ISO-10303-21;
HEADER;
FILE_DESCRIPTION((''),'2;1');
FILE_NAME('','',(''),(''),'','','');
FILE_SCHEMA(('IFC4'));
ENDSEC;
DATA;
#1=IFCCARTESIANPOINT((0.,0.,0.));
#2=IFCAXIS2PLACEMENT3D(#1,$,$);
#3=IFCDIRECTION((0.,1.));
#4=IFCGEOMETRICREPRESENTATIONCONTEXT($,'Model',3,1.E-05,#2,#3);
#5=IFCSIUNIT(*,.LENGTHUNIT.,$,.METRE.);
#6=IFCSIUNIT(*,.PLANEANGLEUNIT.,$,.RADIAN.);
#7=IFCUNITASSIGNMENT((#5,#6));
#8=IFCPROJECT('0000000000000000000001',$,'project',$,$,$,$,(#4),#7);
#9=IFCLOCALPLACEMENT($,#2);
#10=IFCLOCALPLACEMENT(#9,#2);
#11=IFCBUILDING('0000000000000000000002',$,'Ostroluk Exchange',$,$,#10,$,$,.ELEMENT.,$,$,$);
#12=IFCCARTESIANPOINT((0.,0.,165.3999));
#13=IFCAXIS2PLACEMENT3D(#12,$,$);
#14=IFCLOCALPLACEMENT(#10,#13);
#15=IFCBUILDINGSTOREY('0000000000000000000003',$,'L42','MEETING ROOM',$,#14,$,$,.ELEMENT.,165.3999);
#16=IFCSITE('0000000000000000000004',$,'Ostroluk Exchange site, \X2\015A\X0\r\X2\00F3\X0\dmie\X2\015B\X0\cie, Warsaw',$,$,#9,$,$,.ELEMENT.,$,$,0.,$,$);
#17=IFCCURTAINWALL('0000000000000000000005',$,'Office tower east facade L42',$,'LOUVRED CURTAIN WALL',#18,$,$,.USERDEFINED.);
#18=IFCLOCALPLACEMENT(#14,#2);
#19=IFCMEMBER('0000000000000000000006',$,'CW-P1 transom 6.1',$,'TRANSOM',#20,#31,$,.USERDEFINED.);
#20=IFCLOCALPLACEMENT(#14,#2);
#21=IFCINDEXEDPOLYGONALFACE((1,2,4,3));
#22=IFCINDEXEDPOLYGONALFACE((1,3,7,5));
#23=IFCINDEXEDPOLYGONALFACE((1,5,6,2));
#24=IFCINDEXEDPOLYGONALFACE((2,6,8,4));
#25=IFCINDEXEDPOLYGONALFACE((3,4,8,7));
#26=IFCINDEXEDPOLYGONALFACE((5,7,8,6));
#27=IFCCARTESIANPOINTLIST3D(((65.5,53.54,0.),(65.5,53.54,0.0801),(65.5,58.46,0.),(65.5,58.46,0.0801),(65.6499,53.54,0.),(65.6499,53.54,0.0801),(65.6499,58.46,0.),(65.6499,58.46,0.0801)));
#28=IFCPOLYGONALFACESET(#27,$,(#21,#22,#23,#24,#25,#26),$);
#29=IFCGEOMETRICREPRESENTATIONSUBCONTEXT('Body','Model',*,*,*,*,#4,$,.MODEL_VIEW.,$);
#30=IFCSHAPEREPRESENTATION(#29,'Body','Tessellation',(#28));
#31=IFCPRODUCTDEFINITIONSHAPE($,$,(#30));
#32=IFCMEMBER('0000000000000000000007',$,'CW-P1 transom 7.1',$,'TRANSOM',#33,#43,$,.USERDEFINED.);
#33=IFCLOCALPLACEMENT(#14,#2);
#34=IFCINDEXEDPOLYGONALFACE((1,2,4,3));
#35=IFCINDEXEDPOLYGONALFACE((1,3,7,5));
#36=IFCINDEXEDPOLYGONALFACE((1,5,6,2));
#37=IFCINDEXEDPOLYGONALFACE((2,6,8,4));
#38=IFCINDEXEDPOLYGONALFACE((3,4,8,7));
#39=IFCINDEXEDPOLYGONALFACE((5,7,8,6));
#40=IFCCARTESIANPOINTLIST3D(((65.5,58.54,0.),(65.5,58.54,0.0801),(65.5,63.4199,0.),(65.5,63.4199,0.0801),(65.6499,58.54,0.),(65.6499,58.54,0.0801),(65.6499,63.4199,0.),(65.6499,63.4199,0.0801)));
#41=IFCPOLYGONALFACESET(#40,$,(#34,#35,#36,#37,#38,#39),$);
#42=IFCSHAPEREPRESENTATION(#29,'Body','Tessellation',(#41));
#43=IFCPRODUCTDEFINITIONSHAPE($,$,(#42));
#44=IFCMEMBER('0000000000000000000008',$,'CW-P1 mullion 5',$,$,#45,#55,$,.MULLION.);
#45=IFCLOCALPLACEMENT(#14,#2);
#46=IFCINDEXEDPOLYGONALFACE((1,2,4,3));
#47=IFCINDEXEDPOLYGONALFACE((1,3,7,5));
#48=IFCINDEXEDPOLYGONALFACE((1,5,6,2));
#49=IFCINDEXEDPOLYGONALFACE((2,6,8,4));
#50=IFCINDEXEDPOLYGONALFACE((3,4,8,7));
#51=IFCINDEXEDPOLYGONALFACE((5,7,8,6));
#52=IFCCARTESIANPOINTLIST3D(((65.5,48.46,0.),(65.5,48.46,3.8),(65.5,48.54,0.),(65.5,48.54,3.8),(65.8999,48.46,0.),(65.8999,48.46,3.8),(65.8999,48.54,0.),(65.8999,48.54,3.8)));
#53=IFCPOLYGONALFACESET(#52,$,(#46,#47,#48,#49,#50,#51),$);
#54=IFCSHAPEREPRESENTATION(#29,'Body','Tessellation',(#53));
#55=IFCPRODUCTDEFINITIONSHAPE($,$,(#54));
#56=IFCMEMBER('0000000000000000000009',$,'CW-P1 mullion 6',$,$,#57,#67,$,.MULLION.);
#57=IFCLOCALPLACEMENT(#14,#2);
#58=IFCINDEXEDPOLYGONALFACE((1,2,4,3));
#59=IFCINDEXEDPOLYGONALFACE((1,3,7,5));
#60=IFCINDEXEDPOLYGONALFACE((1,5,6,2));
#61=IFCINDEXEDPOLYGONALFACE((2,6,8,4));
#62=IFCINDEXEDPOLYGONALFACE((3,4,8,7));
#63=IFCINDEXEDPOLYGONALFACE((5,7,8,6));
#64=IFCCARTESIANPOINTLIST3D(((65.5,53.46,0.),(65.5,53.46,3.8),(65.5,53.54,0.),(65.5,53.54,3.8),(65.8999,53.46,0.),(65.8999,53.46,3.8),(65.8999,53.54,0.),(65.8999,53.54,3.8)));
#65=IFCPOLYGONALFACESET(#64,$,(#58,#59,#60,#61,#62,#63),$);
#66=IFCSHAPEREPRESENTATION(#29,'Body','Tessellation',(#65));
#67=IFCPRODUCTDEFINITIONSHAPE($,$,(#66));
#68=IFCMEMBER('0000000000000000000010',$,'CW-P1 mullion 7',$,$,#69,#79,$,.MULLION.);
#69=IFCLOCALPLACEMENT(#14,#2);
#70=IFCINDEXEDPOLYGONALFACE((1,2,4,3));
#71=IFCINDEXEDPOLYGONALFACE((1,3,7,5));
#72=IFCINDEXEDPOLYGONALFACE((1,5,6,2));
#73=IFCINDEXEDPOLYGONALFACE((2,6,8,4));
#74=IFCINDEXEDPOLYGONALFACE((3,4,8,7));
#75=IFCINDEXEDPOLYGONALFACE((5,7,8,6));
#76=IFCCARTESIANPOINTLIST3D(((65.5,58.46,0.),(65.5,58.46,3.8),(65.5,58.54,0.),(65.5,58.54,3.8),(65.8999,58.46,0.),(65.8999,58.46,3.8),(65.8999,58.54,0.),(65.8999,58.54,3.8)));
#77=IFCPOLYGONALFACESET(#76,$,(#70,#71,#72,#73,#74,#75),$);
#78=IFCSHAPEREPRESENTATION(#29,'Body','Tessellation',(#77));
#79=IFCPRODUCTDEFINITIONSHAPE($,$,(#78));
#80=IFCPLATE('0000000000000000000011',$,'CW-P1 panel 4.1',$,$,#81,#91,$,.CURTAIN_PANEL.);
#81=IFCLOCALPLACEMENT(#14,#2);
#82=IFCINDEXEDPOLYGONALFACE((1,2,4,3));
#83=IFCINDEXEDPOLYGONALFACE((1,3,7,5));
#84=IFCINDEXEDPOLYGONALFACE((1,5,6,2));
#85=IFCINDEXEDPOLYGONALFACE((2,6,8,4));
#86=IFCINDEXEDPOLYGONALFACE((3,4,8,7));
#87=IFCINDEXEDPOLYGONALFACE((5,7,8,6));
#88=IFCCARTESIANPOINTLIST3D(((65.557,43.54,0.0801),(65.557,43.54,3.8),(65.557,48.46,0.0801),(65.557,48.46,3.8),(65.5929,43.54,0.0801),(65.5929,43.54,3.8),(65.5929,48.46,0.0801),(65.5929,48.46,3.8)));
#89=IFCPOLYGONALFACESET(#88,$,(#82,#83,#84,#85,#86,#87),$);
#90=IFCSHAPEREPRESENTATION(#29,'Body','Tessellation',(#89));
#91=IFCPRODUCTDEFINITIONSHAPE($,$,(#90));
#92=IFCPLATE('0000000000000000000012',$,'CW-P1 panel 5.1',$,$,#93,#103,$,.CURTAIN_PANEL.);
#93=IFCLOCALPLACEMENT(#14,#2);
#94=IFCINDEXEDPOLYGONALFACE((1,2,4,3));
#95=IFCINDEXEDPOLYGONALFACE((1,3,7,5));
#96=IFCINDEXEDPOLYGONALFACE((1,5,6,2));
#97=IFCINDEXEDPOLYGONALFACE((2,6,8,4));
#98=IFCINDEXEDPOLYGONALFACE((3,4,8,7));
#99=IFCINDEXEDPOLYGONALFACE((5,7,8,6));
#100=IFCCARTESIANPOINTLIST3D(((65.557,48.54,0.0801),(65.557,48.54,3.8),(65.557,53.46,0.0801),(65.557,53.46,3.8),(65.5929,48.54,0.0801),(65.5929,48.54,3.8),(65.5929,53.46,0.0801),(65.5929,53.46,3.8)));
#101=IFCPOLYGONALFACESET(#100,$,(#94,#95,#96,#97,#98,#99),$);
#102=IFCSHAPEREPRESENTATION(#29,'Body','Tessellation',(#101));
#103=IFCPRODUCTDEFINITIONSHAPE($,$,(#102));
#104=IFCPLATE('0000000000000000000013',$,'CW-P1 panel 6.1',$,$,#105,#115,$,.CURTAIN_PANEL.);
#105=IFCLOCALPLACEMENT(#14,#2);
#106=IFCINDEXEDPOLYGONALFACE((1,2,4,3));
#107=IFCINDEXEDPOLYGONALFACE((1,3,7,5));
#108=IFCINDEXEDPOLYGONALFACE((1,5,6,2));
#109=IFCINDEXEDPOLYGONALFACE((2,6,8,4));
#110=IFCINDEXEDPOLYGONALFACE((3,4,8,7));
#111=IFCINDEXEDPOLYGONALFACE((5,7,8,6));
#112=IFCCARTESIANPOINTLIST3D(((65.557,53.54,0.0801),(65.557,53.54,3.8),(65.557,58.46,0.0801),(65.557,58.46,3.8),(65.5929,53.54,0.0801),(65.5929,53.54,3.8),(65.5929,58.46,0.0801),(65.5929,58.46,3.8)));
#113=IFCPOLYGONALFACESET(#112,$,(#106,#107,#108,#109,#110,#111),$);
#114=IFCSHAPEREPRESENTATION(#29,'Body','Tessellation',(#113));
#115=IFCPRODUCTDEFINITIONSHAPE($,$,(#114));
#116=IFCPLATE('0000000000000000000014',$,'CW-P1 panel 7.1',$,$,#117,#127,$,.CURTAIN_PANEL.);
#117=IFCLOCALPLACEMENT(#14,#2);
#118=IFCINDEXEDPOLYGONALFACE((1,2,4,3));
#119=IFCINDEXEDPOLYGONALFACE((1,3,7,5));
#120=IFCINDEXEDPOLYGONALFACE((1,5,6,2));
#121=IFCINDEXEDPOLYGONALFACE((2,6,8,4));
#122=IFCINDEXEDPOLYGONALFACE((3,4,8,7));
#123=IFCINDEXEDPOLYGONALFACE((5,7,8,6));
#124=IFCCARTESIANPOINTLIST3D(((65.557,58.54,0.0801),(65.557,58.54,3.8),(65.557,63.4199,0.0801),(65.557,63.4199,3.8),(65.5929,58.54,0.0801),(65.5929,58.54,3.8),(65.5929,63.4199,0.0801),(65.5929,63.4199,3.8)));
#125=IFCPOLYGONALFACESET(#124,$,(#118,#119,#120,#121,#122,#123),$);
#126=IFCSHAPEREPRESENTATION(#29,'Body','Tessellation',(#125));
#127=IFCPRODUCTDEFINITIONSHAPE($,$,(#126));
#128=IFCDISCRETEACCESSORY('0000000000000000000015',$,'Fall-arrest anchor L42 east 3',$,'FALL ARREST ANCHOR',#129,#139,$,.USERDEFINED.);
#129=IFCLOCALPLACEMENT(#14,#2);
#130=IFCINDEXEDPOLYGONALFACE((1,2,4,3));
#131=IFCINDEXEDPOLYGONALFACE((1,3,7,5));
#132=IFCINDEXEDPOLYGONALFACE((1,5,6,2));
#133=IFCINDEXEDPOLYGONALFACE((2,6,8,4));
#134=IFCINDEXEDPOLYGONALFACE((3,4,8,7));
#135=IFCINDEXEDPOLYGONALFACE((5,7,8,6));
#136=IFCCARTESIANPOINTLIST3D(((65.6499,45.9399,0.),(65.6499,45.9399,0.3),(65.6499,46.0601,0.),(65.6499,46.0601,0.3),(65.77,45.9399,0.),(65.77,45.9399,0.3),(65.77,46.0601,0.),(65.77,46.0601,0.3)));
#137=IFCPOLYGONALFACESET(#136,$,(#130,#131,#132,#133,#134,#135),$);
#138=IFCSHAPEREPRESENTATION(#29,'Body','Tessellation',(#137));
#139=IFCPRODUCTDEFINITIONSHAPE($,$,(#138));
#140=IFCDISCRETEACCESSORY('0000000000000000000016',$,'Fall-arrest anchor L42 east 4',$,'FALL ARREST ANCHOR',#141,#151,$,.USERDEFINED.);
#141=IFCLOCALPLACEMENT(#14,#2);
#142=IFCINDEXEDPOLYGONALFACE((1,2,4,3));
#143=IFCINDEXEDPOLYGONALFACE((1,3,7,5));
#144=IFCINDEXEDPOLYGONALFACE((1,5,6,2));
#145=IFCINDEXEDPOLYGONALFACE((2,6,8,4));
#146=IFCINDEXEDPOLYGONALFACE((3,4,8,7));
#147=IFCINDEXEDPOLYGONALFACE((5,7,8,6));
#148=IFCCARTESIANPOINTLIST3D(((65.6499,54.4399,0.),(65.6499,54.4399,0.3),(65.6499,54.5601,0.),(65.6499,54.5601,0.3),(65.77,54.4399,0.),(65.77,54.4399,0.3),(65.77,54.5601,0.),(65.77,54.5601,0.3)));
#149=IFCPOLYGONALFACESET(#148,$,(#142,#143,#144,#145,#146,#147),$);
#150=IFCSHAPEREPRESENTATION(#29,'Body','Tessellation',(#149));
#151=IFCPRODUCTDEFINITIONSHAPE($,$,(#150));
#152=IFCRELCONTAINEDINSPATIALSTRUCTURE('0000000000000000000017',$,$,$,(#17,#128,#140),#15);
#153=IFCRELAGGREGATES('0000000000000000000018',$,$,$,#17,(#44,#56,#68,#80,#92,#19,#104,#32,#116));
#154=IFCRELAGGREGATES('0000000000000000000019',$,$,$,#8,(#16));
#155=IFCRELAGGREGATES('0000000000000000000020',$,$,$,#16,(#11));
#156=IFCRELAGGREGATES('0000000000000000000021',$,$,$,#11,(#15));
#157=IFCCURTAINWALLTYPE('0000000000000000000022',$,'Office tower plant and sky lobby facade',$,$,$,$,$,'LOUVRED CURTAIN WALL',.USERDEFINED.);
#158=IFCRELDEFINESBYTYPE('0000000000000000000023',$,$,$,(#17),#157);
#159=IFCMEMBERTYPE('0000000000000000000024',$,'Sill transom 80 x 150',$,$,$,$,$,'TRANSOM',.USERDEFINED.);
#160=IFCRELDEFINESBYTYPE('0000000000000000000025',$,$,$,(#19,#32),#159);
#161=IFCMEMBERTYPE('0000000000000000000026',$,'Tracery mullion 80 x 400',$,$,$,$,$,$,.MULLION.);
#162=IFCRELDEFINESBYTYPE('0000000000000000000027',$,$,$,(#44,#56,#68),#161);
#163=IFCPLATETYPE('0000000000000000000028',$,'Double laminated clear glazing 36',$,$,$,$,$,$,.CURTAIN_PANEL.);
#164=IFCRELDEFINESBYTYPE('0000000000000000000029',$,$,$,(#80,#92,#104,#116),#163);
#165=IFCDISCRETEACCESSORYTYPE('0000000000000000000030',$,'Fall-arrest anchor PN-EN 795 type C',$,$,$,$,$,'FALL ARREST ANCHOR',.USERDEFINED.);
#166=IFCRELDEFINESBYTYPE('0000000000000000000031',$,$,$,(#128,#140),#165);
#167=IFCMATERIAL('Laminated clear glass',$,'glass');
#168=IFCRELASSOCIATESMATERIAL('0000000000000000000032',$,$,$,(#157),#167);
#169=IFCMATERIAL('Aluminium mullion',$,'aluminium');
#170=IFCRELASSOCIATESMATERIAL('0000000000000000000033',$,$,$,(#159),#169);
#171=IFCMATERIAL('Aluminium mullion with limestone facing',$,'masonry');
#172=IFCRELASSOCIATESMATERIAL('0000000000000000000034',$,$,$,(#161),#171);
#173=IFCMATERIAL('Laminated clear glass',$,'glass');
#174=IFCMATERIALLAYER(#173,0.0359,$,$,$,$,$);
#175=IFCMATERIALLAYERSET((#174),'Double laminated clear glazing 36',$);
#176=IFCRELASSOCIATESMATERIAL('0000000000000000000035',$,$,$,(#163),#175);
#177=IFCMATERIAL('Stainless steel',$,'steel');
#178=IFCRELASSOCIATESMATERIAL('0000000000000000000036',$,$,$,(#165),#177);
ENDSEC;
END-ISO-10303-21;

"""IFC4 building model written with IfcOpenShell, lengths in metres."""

from ifc_helpers import new_model, si_unit, direction, frame, origin, origin_2d, place, context, subcontext, project, spatial, rectangle, extrude, material, layer, layer_set, material_profile, profile_set, type_object, element, aggregate, save


model = new_model("IFC4")

# Units and contexts
model_context = context("Model", 3, precision=1e-05, world=origin(), true_north=direction((0.0, 1.0)))
body_context = subcontext(model_context, "Body", "Model", "MODEL_VIEW")
ifc_project = project(units=[si_unit("LENGTHUNIT", "METRE"), si_unit("PLANEANGLEUNIT", "RADIAN")], contexts=[model_context])

# Site, building, storey
site_placement = place(None, origin())
site = spatial("IfcSite", under=ifc_project, at=site_placement, Name="Ostroluk Exchange site, Śródmieście, Warsaw", CompositionType="ELEMENT", RefElevation=0.0)
building_placement = place(site_placement, origin())
building = spatial("IfcBuilding", under=site, at=building_placement, Name="Ostroluk Exchange", CompositionType="ELEMENT")
storey_placement = place(building_placement, frame((0.0, 0.0, 165.3999)))
storey = spatial("IfcBuildingStorey", under=building, at=storey_placement, Name="L42", Description="MEETING ROOM", CompositionType="ELEMENT", Elevation=165.3999)

# Curtain wall, members, plates
ifc_material_1 = material(Name="Laminated clear glass", Category="glass")
curtain_wall_type = type_object("IfcCurtainWallType", Name="Office tower plant and sky lobby facade", ElementType="LOUVRED CURTAIN WALL", PredefinedType="USERDEFINED", material=ifc_material_1)
curtain_wall_placement = place(storey_placement, origin())
curtain_wall = element("IfcCurtainWall", 1, at=curtain_wall_placement, inside=storey, type_object=curtain_wall_type, Name="Office tower east facade L42", ObjectType="LOUVRED CURTAIN WALL", PredefinedType="USERDEFINED")
ifc_material_2 = material(Name="Aluminium mullion", Category="aluminium")
ifc_material_profile_1 = material_profile(ifc_material_2, rectangle(XDim=0.1499, YDim=0.0801, at=origin_2d()), Name="Sill transom 80 x 150")
ifc_profile_set_1 = profile_set([ifc_material_profile_1], Name="Aluminium mullion")
member_type_1 = type_object("IfcMemberType", Name="Sill transom 80 x 150", ElementType="TRANSOM", PredefinedType="USERDEFINED", material=ifc_profile_set_1)
member_1_placement = place(storey_placement, frame((65.575, 53.54, 0.04), z_axis=(0.0, 1.0, 0.0), x_axis=(-1.0, 0.0, 0.0)))
member_1 = element("IfcMember", 2, at=member_1_placement, type_object=member_type_1, Name="CW-P1 transom 6.1", ObjectType="TRANSOM", PredefinedType="USERDEFINED", context=body_context, shape_type="SweptSolid", body=[
    extrude(rectangle(XDim=0.1499, YDim=0.0801, at=origin_2d()), origin(), (0.0, 0.0, 1.0), 4.9199),
])
member_2_placement = place(storey_placement, frame((65.575, 58.54, 0.04), z_axis=(0.0, 1.0, 0.0), x_axis=(-1.0, 0.0, 0.0)))
member_2 = element("IfcMember", 3, at=member_2_placement, type_object=member_type_1, Name="CW-P1 transom 7.1", ObjectType="TRANSOM", PredefinedType="USERDEFINED", context=body_context, shape_type="SweptSolid", body=[
    extrude(rectangle(XDim=0.1499, YDim=0.0801, at=origin_2d()), origin(), (0.0, 0.0, 1.0), 4.8799),
])
ifc_material_3 = material(Name="Aluminium mullion with limestone facing", Category="masonry")
ifc_material_profile_2 = material_profile(ifc_material_3, rectangle(XDim=0.3999, YDim=0.0801, at=origin_2d()), Name="Tracery mullion 80 x 400")
ifc_profile_set_2 = profile_set([ifc_material_profile_2], Name="Aluminium mullion with limestone facing")
member_type_2 = type_object("IfcMemberType", Name="Tracery mullion 80 x 400", PredefinedType="MULLION", material=ifc_profile_set_2)
member_3_placement = place(storey_placement, frame((65.7, 48.5, 0.0), z_axis=(0.0, 0.0, 1.0), x_axis=(-1.0, 0.0, 0.0)))
member_3 = element("IfcMember", 4, at=member_3_placement, type_object=member_type_2, Name="CW-P1 mullion 5", PredefinedType="MULLION", context=body_context, shape_type="SweptSolid", body=[
    extrude(rectangle(XDim=0.3999, YDim=0.0801, at=origin_2d()), origin(), (0.0, 0.0, 1.0), 3.8),
])
member_4_placement = place(storey_placement, frame((65.7, 53.5, 0.0), z_axis=(0.0, 0.0, 1.0), x_axis=(-1.0, 0.0, 0.0)))
member_4 = element("IfcMember", 5, at=member_4_placement, type_object=member_type_2, Name="CW-P1 mullion 6", PredefinedType="MULLION", context=body_context, shape_type="SweptSolid", body=[
    extrude(rectangle(XDim=0.3999, YDim=0.0801, at=origin_2d()), origin(), (0.0, 0.0, 1.0), 3.8),
])
member_5_placement = place(storey_placement, frame((65.7, 58.5, 0.0), z_axis=(0.0, 0.0, 1.0), x_axis=(-1.0, 0.0, 0.0)))
member_5 = element("IfcMember", 6, at=member_5_placement, type_object=member_type_2, Name="CW-P1 mullion 7", PredefinedType="MULLION", context=body_context, shape_type="SweptSolid", body=[
    extrude(rectangle(XDim=0.3999, YDim=0.0801, at=origin_2d()), origin(), (0.0, 0.0, 1.0), 3.8),
])
ifc_material_4 = material(Name="Laminated clear glass", Category="glass")
ifc_layer = layer(ifc_material_4, 0.0359)
ifc_layer_set = layer_set([ifc_layer], Name="Double laminated clear glazing 36")
plate_type = type_object("IfcPlateType", Name="Double laminated clear glazing 36", PredefinedType="CURTAIN_PANEL", material=ifc_layer_set)
plate_1_placement = place(storey_placement, frame((65.575, 46.0, 0.0801), z_axis=(0.0, 0.0, 1.0), x_axis=(0.0, 1.0, 0.0)))
plate_1 = element("IfcPlate", 7, at=plate_1_placement, type_object=plate_type, Name="CW-P1 panel 4.1", PredefinedType="CURTAIN_PANEL", context=body_context, shape_type="SweptSolid", body=[
    extrude(rectangle(XDim=4.9199, YDim=0.0359, at=origin_2d()), origin(), (0.0, 0.0, 1.0), 3.72),
])
plate_2_placement = place(storey_placement, frame((65.575, 51.0, 0.0801), z_axis=(0.0, 0.0, 1.0), x_axis=(0.0, 1.0, 0.0)))
plate_2 = element("IfcPlate", 8, at=plate_2_placement, type_object=plate_type, Name="CW-P1 panel 5.1", PredefinedType="CURTAIN_PANEL", context=body_context, shape_type="SweptSolid", body=[
    extrude(rectangle(XDim=4.9199, YDim=0.0359, at=origin_2d()), origin(), (0.0, 0.0, 1.0), 3.72),
])
plate_3_placement = place(storey_placement, frame((65.575, 56.0, 0.0801), z_axis=(0.0, 0.0, 1.0), x_axis=(0.0, 1.0, 0.0)))
plate_3 = element("IfcPlate", 9, at=plate_3_placement, type_object=plate_type, Name="CW-P1 panel 6.1", PredefinedType="CURTAIN_PANEL", context=body_context, shape_type="SweptSolid", body=[
    extrude(rectangle(XDim=4.9199, YDim=0.0359, at=origin_2d()), origin(), (0.0, 0.0, 1.0), 3.72),
])
plate_4_placement = place(storey_placement, frame((65.575, 60.98, 0.0801), z_axis=(0.0, 0.0, 1.0), x_axis=(0.0, 1.0, 0.0)))
plate_4 = element("IfcPlate", 10, at=plate_4_placement, type_object=plate_type, Name="CW-P1 panel 7.1", PredefinedType="CURTAIN_PANEL", context=body_context, shape_type="SweptSolid", body=[
    extrude(rectangle(XDim=4.8799, YDim=0.0359, at=origin_2d()), origin(), (0.0, 0.0, 1.0), 3.72),
])
aggregate(curtain_wall, [member_3, member_4, member_5, plate_1, plate_2, member_1, plate_3, member_2, plate_4])

# Discrete accessories
ifc_material_5 = material(Name="Stainless steel", Category="steel")
discrete_accessory_type = type_object("IfcDiscreteAccessoryType", Name="Fall-arrest anchor PN-EN 795 type C", ElementType="FALL ARREST ANCHOR", PredefinedType="USERDEFINED", material=ifc_material_5)
for number, where, z_axis, x_axis, name in (
    (11, (65.71, 46.0, 0.0), (0.0, 0.0, 1.0), (1.0, 0.0, 0.0), "Fall-arrest anchor L42 east 3"),
    (12, (65.71, 54.5, 0.0), (0.0, 0.0, 1.0), (1.0, 0.0, 0.0), "Fall-arrest anchor L42 east 4"),
):
    element("IfcDiscreteAccessory", number, at=place(storey_placement, frame(where, z_axis=z_axis, x_axis=x_axis)), inside=storey, type_object=discrete_accessory_type, Name=name, ObjectType="FALL ARREST ANCHOR", PredefinedType="USERDEFINED", context=body_context, shape_type="SweptSolid", body=[
        extrude(rectangle(XDim=0.1201, YDim=0.1201, at=origin_2d()), origin(), (0.0, 0.0, 1.0), 0.3),
    ])

save(model, "model.ifc")
